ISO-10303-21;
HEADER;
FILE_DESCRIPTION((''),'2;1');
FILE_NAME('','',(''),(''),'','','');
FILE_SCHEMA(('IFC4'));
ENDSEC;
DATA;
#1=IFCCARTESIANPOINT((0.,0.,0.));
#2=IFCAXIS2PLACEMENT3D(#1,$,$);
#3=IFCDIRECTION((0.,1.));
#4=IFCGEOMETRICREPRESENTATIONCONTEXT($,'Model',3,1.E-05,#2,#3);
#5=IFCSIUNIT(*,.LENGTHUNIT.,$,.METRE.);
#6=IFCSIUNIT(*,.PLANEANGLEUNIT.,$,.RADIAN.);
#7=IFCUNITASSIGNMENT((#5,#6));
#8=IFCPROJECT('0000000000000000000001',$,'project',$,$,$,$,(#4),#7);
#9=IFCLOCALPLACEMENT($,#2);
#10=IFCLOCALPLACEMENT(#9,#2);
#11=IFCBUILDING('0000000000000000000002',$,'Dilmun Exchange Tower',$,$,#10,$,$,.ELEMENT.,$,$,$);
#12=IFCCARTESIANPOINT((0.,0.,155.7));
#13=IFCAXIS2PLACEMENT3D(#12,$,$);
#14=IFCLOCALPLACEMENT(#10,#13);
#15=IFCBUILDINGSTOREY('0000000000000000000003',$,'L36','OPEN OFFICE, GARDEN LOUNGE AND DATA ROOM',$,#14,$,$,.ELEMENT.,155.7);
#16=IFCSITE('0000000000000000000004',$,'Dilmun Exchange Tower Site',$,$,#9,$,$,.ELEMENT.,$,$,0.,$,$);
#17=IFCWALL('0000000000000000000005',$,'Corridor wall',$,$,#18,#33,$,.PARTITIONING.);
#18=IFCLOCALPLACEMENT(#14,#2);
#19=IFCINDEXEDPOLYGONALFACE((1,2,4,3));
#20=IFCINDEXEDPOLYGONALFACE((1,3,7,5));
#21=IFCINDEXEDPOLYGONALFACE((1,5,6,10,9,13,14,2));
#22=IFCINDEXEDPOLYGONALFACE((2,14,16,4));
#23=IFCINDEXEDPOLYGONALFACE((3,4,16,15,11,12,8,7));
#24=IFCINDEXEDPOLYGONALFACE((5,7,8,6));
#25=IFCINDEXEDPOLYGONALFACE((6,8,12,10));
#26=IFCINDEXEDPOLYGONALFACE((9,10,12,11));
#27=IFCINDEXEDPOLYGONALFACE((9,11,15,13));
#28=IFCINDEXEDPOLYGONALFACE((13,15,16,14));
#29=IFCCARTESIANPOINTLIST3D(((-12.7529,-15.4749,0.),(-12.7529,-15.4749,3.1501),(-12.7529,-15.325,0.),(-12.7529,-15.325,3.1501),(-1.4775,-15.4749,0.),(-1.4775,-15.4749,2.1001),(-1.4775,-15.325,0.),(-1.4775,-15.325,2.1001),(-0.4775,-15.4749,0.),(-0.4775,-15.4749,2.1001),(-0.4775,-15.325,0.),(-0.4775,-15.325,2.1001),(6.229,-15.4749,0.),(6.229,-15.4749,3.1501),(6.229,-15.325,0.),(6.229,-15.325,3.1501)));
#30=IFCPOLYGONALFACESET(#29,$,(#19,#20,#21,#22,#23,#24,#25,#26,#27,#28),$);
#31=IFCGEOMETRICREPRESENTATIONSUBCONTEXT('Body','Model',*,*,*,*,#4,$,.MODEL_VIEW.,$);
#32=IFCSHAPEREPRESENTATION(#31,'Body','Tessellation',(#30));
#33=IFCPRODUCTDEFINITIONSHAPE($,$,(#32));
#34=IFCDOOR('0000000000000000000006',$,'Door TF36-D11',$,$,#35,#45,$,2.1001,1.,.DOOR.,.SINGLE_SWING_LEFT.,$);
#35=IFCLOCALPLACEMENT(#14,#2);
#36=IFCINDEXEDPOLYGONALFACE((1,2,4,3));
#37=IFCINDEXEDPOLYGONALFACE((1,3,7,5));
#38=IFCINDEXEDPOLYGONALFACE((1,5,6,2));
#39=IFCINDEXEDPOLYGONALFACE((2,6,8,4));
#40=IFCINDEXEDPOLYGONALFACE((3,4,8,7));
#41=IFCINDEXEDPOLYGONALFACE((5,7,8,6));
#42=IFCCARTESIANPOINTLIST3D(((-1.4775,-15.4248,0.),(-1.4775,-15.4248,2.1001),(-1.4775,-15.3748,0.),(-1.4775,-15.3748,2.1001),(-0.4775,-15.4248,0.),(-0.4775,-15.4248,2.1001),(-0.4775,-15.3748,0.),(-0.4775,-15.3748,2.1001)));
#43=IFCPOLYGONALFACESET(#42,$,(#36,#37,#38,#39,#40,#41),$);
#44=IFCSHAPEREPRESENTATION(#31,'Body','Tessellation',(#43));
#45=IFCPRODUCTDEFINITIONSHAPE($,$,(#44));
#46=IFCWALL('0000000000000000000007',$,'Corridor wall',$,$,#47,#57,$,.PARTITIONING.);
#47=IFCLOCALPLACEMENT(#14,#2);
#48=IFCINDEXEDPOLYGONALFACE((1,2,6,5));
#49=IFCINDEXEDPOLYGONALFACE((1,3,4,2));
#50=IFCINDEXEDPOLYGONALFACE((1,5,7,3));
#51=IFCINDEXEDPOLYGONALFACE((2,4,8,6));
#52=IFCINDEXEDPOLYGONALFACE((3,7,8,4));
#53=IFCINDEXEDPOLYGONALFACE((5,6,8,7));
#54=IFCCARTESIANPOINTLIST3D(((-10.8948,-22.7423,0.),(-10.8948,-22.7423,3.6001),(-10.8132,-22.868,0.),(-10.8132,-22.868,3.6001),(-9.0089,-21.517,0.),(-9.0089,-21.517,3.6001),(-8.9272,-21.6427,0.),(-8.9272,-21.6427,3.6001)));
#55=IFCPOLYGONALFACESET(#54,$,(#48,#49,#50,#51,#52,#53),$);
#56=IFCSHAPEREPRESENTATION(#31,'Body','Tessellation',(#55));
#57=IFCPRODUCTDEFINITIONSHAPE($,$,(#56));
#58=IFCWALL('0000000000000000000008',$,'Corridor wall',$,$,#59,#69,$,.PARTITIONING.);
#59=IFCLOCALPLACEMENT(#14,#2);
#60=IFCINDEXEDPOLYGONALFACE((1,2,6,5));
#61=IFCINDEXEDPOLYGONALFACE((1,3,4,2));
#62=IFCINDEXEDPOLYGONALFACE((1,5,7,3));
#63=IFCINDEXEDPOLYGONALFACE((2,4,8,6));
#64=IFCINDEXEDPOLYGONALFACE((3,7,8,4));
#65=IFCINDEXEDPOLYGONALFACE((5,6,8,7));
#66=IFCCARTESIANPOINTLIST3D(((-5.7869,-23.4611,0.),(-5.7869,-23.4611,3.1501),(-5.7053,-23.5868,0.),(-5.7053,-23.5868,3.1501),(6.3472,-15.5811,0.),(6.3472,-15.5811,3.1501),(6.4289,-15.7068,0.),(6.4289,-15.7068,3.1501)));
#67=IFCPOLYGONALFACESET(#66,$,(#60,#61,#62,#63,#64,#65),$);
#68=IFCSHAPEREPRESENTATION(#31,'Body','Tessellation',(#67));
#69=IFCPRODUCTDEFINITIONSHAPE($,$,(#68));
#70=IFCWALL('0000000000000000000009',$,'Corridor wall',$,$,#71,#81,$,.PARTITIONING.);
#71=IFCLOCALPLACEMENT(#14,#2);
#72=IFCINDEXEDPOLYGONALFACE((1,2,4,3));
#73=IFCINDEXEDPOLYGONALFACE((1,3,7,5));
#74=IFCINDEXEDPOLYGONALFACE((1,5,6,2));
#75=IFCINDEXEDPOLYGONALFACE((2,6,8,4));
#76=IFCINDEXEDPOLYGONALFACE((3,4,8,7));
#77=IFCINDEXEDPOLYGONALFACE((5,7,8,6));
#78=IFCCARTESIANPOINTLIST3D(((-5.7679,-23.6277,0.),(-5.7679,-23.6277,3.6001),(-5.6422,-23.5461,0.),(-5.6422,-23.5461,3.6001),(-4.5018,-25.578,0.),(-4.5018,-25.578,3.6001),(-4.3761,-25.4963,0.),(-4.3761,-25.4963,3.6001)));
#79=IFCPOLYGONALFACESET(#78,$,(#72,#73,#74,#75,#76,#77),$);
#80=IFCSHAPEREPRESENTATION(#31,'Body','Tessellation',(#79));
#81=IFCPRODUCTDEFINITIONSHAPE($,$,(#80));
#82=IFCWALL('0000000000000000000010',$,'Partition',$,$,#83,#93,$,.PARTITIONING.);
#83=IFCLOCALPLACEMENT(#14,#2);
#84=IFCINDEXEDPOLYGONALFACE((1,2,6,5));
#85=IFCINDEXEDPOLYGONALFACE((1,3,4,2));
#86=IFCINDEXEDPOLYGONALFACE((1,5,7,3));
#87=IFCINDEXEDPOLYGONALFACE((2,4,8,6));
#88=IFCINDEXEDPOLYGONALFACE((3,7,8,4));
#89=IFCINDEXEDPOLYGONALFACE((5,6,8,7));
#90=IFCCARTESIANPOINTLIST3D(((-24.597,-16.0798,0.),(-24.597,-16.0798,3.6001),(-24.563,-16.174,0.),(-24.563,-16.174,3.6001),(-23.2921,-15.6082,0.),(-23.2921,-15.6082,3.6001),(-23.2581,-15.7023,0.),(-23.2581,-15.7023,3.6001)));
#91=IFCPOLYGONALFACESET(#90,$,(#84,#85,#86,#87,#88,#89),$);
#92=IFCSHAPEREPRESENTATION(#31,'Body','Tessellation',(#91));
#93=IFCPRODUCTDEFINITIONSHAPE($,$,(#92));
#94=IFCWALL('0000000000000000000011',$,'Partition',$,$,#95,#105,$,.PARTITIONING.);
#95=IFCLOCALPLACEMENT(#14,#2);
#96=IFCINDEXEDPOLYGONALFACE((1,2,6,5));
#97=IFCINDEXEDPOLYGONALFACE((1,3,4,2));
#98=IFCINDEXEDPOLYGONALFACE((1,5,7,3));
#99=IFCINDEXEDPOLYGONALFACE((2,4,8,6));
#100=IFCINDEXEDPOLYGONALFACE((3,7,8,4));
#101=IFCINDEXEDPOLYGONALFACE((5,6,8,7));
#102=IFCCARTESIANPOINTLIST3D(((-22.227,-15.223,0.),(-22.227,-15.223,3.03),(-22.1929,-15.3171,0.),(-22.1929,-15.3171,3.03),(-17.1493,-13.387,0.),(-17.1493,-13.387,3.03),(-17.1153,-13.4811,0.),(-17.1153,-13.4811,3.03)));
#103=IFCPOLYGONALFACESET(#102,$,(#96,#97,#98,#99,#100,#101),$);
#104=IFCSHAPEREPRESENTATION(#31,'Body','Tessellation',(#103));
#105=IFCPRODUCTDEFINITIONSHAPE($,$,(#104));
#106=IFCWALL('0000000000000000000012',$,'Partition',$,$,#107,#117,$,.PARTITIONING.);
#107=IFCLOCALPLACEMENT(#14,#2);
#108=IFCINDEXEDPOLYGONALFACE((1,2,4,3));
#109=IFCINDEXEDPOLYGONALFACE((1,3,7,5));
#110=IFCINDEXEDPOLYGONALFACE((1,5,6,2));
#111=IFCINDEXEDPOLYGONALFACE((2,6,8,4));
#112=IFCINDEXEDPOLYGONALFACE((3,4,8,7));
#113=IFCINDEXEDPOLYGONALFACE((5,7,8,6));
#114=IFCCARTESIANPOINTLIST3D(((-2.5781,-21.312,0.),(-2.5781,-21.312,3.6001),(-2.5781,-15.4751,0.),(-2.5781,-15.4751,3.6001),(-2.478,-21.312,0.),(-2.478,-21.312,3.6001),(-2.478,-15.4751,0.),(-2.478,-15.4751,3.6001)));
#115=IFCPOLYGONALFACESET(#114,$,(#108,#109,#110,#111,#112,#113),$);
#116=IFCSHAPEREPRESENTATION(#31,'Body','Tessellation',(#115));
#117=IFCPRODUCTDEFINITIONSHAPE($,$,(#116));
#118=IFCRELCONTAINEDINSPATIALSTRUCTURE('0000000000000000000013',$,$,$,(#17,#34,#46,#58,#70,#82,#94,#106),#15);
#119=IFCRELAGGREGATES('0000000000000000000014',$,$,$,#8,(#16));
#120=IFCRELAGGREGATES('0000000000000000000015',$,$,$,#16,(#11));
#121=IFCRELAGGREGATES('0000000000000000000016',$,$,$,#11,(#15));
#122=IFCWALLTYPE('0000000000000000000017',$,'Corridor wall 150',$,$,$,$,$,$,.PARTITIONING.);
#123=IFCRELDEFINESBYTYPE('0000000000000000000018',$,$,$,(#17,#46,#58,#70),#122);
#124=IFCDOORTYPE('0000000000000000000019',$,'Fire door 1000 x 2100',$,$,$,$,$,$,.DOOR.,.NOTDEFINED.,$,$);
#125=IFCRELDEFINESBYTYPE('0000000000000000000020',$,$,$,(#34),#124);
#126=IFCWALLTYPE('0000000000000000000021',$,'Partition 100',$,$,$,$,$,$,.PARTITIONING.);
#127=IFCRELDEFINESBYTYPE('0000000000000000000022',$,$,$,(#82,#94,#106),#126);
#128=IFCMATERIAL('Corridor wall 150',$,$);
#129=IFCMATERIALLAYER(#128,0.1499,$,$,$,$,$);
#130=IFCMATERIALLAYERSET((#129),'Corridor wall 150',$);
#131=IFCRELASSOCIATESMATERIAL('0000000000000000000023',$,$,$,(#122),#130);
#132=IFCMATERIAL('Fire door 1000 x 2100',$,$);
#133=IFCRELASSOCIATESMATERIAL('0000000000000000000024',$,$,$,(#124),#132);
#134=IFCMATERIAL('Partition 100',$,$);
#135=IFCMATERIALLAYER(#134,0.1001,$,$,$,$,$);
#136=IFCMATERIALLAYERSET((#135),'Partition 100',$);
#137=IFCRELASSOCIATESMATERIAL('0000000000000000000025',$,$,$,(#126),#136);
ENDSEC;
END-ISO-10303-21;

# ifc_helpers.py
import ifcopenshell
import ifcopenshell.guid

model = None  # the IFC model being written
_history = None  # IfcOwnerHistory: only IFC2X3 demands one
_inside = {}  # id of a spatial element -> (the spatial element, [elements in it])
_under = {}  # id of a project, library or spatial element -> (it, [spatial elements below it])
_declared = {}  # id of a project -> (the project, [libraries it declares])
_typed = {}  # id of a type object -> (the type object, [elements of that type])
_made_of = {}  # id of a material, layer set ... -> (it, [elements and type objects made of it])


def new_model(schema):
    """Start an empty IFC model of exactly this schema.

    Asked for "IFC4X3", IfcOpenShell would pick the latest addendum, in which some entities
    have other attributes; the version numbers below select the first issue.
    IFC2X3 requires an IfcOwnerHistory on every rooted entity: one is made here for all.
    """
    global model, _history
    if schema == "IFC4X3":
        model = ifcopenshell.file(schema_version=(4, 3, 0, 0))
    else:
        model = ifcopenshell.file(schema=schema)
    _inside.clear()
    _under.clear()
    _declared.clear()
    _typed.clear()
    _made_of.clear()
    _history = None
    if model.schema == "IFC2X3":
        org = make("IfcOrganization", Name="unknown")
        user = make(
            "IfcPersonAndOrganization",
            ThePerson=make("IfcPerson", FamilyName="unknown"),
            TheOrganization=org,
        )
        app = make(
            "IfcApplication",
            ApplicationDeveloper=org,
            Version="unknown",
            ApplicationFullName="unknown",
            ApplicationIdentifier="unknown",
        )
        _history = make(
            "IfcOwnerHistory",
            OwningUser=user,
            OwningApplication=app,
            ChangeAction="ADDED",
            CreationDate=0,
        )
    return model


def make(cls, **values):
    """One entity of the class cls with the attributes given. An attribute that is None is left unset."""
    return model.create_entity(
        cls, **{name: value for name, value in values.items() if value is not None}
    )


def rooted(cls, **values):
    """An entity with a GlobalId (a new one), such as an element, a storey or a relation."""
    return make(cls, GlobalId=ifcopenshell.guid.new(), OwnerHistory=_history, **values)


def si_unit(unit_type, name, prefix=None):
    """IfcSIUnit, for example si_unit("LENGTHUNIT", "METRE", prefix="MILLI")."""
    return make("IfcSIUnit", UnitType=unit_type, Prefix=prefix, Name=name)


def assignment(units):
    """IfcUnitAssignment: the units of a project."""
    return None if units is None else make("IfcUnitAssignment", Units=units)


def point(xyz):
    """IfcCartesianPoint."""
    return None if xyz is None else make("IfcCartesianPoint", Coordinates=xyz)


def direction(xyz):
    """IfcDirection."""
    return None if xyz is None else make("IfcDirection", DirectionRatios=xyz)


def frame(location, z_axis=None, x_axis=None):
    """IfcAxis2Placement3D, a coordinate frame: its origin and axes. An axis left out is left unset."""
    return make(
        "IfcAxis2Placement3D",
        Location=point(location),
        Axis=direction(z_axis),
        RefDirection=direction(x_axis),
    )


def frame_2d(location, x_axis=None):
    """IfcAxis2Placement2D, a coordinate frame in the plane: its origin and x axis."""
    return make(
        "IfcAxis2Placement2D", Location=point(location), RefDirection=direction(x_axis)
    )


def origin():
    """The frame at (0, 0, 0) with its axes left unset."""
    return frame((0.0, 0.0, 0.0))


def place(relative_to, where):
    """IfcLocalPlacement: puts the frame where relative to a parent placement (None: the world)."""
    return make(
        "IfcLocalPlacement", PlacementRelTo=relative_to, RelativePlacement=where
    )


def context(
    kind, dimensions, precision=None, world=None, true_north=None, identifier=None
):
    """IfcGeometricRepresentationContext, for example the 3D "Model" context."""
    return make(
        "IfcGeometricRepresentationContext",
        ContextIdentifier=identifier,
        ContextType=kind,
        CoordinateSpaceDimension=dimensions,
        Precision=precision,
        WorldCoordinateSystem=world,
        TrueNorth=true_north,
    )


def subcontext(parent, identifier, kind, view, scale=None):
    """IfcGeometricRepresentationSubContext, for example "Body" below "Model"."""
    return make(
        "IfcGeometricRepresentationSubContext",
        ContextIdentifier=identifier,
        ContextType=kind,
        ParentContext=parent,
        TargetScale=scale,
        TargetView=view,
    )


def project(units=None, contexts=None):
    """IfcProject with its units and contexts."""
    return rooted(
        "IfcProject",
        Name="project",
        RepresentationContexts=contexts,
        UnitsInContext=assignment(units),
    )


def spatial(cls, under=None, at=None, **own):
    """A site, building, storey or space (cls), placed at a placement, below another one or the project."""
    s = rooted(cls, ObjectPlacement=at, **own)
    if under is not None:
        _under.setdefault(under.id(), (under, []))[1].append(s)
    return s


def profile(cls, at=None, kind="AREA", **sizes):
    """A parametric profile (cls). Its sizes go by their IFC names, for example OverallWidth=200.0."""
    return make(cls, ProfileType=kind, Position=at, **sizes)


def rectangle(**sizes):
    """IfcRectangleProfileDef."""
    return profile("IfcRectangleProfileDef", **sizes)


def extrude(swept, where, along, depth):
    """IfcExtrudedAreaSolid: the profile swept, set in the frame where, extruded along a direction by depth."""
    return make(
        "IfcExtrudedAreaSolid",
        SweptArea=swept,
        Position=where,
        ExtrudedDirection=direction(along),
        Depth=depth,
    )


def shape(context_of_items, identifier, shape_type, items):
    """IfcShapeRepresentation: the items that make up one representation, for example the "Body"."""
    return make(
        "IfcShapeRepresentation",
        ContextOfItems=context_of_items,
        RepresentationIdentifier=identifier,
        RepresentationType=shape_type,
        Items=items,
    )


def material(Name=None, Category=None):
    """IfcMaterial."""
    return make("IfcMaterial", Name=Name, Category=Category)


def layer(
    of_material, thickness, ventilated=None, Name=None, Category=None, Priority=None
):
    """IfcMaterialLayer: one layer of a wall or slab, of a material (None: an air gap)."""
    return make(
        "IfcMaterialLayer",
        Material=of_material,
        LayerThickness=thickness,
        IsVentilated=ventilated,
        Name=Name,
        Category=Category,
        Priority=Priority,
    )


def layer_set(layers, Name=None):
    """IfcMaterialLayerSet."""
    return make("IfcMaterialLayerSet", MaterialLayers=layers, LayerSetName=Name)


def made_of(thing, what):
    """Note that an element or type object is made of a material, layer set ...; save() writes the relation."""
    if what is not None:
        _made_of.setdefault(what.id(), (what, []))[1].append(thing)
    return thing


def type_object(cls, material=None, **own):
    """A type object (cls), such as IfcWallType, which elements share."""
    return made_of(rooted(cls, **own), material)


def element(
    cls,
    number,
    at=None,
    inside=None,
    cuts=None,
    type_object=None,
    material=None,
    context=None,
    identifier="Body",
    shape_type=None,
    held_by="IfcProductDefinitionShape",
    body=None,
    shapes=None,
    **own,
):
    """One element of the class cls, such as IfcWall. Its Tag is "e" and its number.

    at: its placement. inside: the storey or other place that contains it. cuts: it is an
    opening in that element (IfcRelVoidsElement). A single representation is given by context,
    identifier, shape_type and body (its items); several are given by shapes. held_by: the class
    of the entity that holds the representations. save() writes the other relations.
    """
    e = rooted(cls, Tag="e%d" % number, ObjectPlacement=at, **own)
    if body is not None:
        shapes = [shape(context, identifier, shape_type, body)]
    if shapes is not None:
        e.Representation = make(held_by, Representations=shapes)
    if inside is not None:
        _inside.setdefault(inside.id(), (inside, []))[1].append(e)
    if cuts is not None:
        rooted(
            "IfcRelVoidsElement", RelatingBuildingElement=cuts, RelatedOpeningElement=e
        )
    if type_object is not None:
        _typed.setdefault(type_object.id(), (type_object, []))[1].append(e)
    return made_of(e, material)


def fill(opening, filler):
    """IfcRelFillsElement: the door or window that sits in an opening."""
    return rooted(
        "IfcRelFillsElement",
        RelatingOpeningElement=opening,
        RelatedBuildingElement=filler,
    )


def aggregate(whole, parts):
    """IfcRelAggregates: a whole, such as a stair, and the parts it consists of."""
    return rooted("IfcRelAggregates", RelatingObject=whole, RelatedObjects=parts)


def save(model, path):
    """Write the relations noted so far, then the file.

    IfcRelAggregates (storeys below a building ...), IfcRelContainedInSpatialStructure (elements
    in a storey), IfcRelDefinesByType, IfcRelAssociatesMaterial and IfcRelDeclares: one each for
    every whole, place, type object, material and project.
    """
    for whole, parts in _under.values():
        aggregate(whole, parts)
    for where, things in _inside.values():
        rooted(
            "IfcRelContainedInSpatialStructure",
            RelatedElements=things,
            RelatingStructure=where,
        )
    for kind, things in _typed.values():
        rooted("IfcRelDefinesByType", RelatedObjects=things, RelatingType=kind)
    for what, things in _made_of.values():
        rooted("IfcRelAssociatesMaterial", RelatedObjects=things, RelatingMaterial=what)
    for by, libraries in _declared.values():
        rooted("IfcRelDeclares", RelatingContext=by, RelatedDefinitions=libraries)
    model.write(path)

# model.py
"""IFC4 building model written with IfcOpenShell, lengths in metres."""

from ifc_helpers import new_model, si_unit, direction, frame, frame_2d, origin, place, context, subcontext, project, spatial, rectangle, extrude, material, layer, layer_set, type_object, element, fill, save


model = new_model("IFC4")

# Units and contexts
model_context = context("Model", 3, precision=1e-05, world=origin(), true_north=direction((0.0, 1.0)))
body_context = subcontext(model_context, "Body", "Model", "MODEL_VIEW")
ifc_project = project(units=[si_unit("LENGTHUNIT", "METRE"), si_unit("PLANEANGLEUNIT", "RADIAN")], contexts=[model_context])

# Site, building, storey
site_placement = place(None, origin())
site = spatial("IfcSite", under=ifc_project, at=site_placement, Name="Dilmun Exchange Tower Site", CompositionType="ELEMENT", RefElevation=0.0)
building_placement = place(site_placement, origin())
building = spatial("IfcBuilding", under=site, at=building_placement, Name="Dilmun Exchange Tower", CompositionType="ELEMENT")
storey_placement = place(building_placement, frame((0.0, 0.0, 155.7)))
storey = spatial("IfcBuildingStorey", under=building, at=storey_placement, Name="L36", Description="OPEN OFFICE, GARDEN LOUNGE AND DATA ROOM", CompositionType="ELEMENT", Elevation=155.7)

# Shared definitions
ifc_material_1 = material(Name="Corridor wall 150")
ifc_layer_1 = layer(ifc_material_1, 0.1499)
ifc_layer_set_1 = layer_set([ifc_layer_1], Name="Corridor wall 150")
wall_type_1 = type_object("IfcWallType", Name="Corridor wall 150", PredefinedType="PARTITIONING", material=ifc_layer_set_1)

# Wall, opening, door
wall_1_placement = place(storey_placement, frame((-12.7529, -15.3999, 0.0), z_axis=(0.0, 0.0, 1.0), x_axis=(1.0, 0.0, 0.0)))
wall_1 = element("IfcWall", 1, at=wall_1_placement, inside=storey, type_object=wall_type_1, Name="Corridor wall", PredefinedType="PARTITIONING", context=body_context, shape_type="SweptSolid", body=[
    extrude(rectangle(XDim=18.9819, YDim=0.1499, at=frame_2d((9.491, 0.0))), origin(), (0.0, 0.0, 1.0), 3.1501),
])
opening_1_placement = place(wall_1_placement, frame((11.2754, 0.0, 0.0)))
opening_1 = element("IfcOpeningElement", 2, at=opening_1_placement, cuts=wall_1, PredefinedType="OPENING", context=body_context, shape_type="SweptSolid", body=[
    extrude(rectangle(XDim=1.0, YDim=2.1001, at=frame_2d((0.5, 1.05))), frame((0.0, 0.085, 0.0), z_axis=(0.0, -1.0, 0.0), x_axis=(1.0, 0.0, 0.0)), (0.0, 0.0, 1.0), 0.1699),
])
ifc_material_2 = material(Name="Fire door 1000 x 2100")
door_type_1 = type_object("IfcDoorType", Name="Fire door 1000 x 2100", OperationType="NOTDEFINED", PredefinedType="DOOR", material=ifc_material_2)
door_1_placement = place(opening_1_placement, frame((1.0, 0.0, 0.0), z_axis=(0.0, 0.0, 1.0), x_axis=(-1.0, 0.0, 0.0)))
door_1 = element("IfcDoor", 3, at=door_1_placement, inside=storey, type_object=door_type_1, Name="Door TF36-D11", OperationType="SINGLE_SWING_LEFT", OverallHeight=2.1001, OverallWidth=1.0, PredefinedType="DOOR", context=body_context, shape_type="SweptSolid", body=[
    extrude(rectangle(XDim=1.0, YDim=2.1001, at=frame_2d((0.5, 1.05))), frame((0.0, 0.0249, 0.0), z_axis=(0.0, -1.0, 0.0), x_axis=(1.0, 0.0, 0.0)), (0.0, 0.0, 1.0), 0.05),
])
fill(opening_1, door_1)

# Walls
wall_2_placement = place(storey_placement, frame((-10.854, -22.8052, 0.0), z_axis=(0.0, 0.0, 1.0), x_axis=(0.838555, 0.544817, 0.0)))
element("IfcWall", 4, at=wall_2_placement, inside=storey, type_object=wall_type_1, Name="Corridor wall", PredefinedType="PARTITIONING", context=body_context, shape_type="SweptSolid", body=[
    extrude(rectangle(XDim=2.249, YDim=0.1499, at=frame_2d((1.1245, 0.0))), origin(), (0.0, 0.0, 1.0), 3.6001),
])
wall_3_placement = place(storey_placement, frame((-5.7461, -23.5239, 0.0), z_axis=(0.0, 0.0, 1.0), x_axis=(0.838672, 0.544637, 0.0)))
element("IfcWall", 5, at=wall_3_placement, inside=storey, type_object=wall_type_1, Name="Corridor wall", PredefinedType="PARTITIONING", context=body_context, shape_type="SweptSolid", body=[
    extrude(rectangle(XDim=14.4683, YDim=0.1499, at=frame_2d((7.2341, 0.0))), origin(), (0.0, 0.0, 1.0), 3.1501),
])
wall_4_placement = place(storey_placement, frame((-5.7051, -23.5869, 0.0), z_axis=(0.0, 0.0, 1.0), x_axis=(0.544531, -0.838741, 0.0)))
element("IfcWall", 6, at=wall_4_placement, inside=storey, type_object=wall_type_1, Name="Corridor wall", PredefinedType="PARTITIONING", context=body_context, shape_type="SweptSolid", body=[
    extrude(rectangle(XDim=2.3252, YDim=0.1499, at=frame_2d((1.1626, 0.0))), origin(), (0.0, 0.0, 1.0), 3.6001),
])
ifc_material_3 = material(Name="Partition 100")
ifc_layer_2 = layer(ifc_material_3, 0.1001)
ifc_layer_set_2 = layer_set([ifc_layer_2], Name="Partition 100")
wall_type_2 = type_object("IfcWallType", Name="Partition 100", PredefinedType="PARTITIONING", material=ifc_layer_set_2)
wall_5_placement = place(storey_placement, frame((-24.5801, -16.127, 0.0), z_axis=(0.0, 0.0, 1.0), x_axis=(0.940449, 0.339934, 0.0)))
element("IfcWall", 7, at=wall_5_placement, inside=storey, type_object=wall_type_2, Name="Partition", PredefinedType="PARTITIONING", context=body_context, shape_type="SweptSolid", body=[
    extrude(rectangle(XDim=1.3875, YDim=0.1001, at=frame_2d((0.6938, 0.0))), origin(), (0.0, 0.0, 1.0), 3.6001),
])
wall_6_placement = place(storey_placement, frame((-22.21, -15.27, 0.0), z_axis=(0.0, 0.0, 1.0), x_axis=(0.940415, 0.340029, 0.0)))
element("IfcWall", 8, at=wall_6_placement, inside=storey, type_object=wall_type_2, Name="Partition", PredefinedType="PARTITIONING", context=body_context, shape_type="SweptSolid", body=[
    extrude(rectangle(XDim=5.3994, YDim=0.1001, at=frame_2d((2.6997, 0.0))), origin(), (0.0, 0.0, 1.0), 3.03),
])
wall_7_placement = place(storey_placement, frame((-2.5281, -21.312, 0.0), z_axis=(0.0, 0.0, 1.0), x_axis=(0.0, 1.0, 0.0)))
element("IfcWall", 9, at=wall_7_placement, inside=storey, type_object=wall_type_2, Name="Partition", PredefinedType="PARTITIONING", context=body_context, shape_type="SweptSolid", body=[
    extrude(rectangle(XDim=5.8369, YDim=0.1001, at=frame_2d((2.9185, 0.0))), origin(), (0.0, 0.0, 1.0), 3.6001),
])

save(model, "model.ifc")
